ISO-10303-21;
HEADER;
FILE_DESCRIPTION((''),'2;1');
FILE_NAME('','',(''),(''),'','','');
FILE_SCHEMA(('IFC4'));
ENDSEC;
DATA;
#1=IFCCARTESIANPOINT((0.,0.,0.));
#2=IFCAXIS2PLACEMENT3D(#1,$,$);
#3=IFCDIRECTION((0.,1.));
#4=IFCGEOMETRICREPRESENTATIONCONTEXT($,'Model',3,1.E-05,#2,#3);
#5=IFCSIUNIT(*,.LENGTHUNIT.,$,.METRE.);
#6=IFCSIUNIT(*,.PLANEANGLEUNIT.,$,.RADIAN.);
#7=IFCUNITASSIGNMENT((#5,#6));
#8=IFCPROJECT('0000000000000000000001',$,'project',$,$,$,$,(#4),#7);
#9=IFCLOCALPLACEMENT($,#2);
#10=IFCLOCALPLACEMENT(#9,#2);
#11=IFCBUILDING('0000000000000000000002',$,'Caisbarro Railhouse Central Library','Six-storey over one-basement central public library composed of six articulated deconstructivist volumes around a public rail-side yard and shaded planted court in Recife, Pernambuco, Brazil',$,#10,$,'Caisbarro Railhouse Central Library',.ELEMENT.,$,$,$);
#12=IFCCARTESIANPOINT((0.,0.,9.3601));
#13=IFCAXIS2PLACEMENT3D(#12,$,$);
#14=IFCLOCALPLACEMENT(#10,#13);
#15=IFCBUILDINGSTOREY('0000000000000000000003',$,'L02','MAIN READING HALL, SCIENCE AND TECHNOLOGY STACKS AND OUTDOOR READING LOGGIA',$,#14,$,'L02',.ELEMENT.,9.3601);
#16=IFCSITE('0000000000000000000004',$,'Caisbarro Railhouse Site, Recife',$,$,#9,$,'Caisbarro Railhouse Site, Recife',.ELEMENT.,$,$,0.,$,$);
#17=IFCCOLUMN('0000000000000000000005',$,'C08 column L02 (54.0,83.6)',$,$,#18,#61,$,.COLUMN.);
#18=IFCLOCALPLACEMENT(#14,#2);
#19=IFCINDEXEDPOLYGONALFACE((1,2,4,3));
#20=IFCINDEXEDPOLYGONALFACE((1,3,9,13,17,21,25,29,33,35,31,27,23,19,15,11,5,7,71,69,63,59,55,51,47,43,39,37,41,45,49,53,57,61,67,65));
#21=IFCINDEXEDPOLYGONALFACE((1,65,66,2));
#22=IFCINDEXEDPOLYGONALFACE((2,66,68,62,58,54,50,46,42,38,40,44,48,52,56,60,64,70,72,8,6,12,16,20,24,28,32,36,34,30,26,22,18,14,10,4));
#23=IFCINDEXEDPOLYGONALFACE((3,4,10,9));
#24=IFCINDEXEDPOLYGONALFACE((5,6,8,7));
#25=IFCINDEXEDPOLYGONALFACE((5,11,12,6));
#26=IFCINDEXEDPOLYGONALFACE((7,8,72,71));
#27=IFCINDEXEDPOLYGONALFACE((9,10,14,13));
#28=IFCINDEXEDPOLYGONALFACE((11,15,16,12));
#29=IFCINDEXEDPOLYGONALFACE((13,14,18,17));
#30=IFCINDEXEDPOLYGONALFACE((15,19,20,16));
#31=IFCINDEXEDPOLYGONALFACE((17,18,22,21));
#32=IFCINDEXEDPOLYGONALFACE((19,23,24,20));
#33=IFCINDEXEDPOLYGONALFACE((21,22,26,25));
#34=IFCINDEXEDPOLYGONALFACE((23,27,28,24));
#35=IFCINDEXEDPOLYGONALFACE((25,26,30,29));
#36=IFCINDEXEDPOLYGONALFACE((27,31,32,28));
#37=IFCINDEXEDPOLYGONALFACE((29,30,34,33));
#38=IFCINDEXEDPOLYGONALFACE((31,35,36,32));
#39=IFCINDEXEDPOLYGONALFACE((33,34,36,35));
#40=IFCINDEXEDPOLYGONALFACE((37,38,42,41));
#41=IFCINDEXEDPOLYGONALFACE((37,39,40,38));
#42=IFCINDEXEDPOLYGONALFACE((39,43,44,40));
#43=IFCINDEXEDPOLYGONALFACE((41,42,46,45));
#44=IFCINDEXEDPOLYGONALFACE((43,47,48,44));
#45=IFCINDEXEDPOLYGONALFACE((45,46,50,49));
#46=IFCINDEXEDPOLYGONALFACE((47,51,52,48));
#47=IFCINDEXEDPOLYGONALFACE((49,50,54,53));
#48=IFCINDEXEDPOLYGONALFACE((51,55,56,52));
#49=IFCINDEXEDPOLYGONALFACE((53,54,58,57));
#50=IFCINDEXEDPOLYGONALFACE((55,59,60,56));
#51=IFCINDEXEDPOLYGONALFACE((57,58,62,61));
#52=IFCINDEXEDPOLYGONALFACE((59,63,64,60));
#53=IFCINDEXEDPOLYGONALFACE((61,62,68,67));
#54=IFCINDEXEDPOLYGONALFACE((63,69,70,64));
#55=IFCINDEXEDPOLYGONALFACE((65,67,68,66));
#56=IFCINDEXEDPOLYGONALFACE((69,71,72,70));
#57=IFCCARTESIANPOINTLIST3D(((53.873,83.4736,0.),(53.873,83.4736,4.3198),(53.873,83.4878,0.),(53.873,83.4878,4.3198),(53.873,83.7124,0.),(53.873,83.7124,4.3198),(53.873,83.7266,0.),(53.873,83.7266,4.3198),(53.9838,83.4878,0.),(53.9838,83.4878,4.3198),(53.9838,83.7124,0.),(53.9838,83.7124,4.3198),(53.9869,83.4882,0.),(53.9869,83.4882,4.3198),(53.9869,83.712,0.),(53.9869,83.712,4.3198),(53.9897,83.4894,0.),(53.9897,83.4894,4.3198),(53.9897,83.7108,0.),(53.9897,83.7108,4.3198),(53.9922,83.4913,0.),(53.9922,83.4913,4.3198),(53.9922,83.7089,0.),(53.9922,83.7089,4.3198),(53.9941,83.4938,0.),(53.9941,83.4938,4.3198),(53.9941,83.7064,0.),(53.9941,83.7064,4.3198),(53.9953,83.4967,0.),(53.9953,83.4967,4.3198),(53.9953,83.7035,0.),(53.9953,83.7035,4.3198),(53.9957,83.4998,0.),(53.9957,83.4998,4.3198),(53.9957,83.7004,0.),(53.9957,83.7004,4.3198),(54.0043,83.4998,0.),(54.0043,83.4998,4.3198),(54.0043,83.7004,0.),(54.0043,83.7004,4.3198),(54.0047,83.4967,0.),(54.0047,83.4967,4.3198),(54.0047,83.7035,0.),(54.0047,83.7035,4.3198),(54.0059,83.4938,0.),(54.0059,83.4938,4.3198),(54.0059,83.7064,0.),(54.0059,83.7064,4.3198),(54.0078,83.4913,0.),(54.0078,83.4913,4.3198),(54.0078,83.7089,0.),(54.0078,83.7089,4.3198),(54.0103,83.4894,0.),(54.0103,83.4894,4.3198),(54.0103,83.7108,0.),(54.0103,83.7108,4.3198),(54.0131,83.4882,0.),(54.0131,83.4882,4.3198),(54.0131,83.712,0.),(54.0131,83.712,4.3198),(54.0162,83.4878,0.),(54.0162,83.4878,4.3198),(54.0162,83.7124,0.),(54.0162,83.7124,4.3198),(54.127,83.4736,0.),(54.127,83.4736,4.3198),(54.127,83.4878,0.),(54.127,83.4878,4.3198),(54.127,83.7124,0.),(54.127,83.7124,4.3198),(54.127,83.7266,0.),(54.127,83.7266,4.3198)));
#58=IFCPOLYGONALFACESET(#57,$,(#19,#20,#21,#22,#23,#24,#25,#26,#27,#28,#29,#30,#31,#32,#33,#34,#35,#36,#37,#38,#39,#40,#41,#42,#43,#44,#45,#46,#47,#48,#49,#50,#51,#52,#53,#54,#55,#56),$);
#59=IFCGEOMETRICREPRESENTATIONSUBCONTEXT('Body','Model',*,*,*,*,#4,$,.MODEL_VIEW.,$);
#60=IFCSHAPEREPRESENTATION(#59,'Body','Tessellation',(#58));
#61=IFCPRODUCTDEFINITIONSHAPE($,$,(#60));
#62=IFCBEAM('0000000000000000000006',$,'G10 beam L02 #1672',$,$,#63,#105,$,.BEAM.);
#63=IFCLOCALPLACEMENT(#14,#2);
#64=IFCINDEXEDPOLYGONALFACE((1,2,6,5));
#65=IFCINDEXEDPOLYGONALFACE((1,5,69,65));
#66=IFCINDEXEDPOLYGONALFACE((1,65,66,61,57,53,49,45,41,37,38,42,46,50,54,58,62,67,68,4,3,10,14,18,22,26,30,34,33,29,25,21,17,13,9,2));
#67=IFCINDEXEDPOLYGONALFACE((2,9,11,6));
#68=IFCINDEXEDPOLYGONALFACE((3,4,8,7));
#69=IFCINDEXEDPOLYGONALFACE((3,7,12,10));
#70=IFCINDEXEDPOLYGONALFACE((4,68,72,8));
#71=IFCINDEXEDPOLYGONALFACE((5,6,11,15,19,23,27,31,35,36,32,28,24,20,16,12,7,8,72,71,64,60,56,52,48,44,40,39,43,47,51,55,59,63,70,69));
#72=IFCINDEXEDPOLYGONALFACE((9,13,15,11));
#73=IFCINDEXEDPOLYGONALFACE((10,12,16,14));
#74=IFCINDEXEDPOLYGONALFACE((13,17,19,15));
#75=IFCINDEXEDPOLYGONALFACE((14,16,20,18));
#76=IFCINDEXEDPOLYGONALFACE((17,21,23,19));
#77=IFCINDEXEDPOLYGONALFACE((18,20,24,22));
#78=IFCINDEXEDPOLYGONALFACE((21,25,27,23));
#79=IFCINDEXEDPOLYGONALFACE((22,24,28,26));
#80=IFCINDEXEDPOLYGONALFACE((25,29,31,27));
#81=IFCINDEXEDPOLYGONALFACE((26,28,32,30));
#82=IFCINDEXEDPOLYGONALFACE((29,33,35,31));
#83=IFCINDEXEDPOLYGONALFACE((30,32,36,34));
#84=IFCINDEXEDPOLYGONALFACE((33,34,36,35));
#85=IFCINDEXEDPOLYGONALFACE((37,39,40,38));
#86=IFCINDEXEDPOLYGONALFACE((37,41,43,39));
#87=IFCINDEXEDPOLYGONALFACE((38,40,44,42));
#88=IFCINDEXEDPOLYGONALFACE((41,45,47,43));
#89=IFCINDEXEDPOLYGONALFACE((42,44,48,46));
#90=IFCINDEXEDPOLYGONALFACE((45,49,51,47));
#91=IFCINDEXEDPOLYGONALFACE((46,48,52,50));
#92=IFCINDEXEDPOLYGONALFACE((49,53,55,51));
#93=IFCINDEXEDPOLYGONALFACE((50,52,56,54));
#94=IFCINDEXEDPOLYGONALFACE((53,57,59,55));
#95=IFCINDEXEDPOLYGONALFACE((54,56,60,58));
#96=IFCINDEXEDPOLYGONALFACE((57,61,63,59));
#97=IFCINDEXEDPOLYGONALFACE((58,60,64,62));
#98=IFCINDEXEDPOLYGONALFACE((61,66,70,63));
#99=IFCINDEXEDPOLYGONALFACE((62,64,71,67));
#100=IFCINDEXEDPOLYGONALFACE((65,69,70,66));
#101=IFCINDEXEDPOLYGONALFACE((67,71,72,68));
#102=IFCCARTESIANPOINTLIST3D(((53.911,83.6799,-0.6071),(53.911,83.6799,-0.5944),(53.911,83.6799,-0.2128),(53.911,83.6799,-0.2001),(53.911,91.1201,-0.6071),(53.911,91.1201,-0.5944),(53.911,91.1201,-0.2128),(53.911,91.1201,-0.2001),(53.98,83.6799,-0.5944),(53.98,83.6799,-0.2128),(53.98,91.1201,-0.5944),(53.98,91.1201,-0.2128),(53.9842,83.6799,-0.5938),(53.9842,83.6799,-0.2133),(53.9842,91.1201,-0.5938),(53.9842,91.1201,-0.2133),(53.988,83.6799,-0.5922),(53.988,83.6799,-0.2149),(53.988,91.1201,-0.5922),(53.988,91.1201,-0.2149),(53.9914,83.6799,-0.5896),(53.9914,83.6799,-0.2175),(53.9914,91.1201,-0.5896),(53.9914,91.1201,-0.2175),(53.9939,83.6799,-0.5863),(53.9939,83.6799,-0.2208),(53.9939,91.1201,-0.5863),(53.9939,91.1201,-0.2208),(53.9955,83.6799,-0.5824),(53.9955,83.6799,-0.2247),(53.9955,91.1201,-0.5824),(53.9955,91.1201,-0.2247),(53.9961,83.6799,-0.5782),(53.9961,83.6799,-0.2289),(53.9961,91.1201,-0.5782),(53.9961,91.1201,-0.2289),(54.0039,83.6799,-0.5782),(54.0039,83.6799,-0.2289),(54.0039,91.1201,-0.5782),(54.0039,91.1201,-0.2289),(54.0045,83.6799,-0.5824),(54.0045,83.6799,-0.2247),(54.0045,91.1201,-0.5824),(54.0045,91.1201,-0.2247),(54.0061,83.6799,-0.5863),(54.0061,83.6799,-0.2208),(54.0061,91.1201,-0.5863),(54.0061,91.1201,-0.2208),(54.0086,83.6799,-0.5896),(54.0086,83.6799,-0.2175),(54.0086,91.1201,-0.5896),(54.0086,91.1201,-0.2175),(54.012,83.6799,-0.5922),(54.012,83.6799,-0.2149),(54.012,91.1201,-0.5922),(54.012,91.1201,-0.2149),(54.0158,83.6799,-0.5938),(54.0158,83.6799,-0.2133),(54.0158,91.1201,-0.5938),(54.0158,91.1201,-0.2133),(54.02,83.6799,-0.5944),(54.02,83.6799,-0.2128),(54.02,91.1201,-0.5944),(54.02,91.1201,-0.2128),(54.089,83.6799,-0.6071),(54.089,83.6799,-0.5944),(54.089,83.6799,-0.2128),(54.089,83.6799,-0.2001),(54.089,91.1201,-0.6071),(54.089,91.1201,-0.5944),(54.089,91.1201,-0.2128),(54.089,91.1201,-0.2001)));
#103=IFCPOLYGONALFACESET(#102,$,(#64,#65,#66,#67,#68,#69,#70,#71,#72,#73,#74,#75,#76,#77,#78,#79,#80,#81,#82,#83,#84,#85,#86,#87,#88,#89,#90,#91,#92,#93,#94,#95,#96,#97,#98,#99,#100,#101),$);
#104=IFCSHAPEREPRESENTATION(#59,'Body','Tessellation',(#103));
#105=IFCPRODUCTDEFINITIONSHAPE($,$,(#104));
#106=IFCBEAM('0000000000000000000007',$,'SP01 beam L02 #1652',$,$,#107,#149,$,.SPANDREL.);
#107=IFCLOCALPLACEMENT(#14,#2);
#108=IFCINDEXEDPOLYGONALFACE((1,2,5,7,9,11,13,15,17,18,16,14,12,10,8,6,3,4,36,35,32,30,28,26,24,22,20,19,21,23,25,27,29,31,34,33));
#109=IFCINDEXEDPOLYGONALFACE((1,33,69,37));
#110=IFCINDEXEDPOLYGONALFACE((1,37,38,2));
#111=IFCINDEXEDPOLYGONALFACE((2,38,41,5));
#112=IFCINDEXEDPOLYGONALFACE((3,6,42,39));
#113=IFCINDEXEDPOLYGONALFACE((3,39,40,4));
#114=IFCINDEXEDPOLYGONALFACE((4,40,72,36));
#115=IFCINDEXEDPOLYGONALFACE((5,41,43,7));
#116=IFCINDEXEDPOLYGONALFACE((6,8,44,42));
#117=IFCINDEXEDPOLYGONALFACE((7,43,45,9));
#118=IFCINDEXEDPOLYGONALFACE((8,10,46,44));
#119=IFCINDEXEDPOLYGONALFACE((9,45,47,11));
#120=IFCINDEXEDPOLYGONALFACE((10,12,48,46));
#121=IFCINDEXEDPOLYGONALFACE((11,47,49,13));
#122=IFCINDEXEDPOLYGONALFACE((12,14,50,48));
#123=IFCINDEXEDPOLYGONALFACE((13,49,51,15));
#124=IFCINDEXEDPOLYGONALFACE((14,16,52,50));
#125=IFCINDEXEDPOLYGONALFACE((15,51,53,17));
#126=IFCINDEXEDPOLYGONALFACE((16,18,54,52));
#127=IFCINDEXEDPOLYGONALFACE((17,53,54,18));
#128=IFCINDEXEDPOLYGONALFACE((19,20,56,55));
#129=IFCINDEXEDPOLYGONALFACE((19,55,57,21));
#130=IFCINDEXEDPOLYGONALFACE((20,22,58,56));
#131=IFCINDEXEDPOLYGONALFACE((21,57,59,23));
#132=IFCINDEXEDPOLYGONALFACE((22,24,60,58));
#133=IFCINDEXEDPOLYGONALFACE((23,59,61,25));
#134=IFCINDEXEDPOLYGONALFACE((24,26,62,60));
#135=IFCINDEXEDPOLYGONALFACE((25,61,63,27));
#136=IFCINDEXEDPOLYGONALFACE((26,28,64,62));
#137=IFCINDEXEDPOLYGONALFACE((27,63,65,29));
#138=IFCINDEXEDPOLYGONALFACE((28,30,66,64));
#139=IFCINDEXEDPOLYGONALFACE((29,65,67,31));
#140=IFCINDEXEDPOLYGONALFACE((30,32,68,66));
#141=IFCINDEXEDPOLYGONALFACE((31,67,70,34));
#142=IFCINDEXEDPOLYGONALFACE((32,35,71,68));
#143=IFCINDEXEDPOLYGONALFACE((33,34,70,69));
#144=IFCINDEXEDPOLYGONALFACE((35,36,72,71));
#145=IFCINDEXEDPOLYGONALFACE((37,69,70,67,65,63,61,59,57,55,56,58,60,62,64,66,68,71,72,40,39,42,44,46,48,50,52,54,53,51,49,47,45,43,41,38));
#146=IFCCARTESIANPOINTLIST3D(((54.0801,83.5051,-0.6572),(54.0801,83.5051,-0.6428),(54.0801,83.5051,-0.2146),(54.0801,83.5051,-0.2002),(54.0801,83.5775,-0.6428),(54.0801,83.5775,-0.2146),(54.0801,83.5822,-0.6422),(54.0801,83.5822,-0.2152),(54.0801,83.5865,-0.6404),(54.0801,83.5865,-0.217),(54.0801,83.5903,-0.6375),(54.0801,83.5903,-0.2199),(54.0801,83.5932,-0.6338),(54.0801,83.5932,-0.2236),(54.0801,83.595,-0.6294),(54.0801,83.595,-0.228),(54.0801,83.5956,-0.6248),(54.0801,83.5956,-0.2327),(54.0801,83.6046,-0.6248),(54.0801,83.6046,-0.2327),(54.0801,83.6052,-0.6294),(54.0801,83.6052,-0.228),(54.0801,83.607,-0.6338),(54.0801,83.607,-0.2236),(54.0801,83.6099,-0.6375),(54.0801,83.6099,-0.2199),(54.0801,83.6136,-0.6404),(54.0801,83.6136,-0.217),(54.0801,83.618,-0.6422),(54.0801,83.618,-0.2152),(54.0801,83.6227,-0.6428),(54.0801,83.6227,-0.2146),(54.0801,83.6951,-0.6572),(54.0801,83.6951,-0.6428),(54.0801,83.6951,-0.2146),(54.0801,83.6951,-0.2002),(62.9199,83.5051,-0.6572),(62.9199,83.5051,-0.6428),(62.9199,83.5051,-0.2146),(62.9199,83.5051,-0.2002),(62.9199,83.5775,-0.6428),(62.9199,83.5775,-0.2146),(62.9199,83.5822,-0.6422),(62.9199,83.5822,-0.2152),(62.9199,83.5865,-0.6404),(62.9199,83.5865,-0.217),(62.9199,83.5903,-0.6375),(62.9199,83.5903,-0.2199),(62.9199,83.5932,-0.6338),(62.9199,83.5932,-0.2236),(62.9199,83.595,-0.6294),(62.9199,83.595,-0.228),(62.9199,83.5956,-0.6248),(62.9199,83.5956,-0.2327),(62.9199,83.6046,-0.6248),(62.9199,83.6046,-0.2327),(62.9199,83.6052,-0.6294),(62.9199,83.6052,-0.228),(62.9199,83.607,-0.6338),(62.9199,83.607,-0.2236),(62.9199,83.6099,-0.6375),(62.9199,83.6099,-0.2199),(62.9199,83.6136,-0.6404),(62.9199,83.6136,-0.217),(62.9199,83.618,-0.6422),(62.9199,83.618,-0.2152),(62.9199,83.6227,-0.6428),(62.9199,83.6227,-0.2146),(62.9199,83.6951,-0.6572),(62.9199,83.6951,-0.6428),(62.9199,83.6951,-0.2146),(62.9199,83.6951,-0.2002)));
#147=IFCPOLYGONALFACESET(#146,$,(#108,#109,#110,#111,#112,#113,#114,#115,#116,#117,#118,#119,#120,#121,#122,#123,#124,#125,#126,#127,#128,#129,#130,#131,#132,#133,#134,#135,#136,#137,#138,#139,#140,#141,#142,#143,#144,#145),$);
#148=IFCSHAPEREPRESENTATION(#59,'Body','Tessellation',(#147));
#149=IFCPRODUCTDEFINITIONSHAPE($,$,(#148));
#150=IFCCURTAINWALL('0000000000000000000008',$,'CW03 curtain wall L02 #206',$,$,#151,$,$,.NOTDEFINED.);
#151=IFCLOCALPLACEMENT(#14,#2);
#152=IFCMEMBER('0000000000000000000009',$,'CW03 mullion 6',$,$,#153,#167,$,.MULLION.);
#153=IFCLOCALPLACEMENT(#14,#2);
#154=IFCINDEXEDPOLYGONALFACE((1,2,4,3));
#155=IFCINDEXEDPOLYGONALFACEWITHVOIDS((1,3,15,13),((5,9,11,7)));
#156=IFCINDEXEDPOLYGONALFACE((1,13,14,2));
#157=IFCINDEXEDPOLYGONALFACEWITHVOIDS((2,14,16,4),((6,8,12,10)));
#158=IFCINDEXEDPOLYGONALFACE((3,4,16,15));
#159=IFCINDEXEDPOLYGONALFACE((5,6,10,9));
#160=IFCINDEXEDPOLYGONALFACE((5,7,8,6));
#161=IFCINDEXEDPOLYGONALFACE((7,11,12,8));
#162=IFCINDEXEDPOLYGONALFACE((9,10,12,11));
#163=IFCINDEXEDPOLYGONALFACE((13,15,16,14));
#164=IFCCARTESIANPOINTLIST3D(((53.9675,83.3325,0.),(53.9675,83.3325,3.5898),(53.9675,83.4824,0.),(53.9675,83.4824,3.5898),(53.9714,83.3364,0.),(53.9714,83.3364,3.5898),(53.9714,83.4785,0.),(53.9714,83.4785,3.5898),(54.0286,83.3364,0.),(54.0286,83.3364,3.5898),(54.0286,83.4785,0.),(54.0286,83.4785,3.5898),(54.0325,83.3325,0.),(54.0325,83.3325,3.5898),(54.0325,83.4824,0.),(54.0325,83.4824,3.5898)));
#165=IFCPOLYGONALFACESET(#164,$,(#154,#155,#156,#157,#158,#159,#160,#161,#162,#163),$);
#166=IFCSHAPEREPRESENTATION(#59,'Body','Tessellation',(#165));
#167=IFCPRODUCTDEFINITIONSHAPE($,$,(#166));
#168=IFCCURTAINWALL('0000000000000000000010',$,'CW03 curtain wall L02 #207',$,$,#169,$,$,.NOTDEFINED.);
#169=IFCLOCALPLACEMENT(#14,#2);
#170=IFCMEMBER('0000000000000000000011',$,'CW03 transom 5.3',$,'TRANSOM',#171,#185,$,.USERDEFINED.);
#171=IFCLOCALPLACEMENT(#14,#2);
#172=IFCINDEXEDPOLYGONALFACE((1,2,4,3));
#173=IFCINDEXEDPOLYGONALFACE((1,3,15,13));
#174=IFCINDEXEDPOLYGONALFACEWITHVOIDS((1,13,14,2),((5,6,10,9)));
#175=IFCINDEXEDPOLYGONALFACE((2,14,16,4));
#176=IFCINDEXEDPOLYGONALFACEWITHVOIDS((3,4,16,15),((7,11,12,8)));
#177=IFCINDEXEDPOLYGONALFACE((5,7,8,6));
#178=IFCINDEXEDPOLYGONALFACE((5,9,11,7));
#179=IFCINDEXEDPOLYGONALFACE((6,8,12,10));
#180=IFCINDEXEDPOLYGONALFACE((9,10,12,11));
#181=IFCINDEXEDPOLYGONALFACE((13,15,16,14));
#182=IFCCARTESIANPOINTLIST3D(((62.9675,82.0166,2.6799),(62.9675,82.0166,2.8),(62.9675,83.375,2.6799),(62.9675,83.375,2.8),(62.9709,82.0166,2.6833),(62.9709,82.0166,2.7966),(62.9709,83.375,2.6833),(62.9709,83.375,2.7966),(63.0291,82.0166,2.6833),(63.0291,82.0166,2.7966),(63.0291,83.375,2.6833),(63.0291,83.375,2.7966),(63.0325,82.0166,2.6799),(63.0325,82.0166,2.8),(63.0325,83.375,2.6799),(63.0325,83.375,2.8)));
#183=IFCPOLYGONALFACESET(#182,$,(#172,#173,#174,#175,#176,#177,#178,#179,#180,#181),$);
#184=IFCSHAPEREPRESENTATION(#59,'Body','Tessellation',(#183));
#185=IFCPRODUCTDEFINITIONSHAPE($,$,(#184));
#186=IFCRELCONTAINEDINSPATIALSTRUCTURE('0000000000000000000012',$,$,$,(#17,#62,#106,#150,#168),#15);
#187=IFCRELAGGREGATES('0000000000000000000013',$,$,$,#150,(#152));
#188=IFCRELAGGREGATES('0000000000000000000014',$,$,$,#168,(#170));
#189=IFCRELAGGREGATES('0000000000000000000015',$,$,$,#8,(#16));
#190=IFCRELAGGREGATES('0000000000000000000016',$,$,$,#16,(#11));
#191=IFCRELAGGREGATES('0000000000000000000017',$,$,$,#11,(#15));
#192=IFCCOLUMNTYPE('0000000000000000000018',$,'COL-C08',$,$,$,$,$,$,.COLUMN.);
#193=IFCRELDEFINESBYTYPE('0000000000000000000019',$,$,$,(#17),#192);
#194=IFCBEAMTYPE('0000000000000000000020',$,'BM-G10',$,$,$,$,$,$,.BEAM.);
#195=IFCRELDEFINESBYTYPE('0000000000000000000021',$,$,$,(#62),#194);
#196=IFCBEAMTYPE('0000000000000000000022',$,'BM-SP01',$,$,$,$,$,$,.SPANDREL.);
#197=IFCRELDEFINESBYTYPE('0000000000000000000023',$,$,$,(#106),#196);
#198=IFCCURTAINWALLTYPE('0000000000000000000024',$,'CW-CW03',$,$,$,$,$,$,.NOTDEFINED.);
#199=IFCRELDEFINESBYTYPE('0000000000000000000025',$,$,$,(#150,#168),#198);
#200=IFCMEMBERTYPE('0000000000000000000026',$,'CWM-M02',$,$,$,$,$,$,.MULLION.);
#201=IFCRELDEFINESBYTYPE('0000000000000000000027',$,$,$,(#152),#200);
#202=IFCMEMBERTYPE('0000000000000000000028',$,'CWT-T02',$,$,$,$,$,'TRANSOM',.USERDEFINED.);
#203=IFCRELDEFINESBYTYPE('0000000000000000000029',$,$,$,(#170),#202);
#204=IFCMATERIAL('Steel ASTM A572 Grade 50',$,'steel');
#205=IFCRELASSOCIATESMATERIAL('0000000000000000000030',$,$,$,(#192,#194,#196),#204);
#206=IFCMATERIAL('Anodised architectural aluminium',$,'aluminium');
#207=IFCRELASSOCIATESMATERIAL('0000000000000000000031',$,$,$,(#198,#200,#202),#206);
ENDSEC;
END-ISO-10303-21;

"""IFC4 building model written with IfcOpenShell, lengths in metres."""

from ifc_helpers import new_model, si_unit, direction, frame, origin, origin_2d, place, context, subcontext, project, spatial, hollow_rectangle, i_section, extrude, material, material_profile, profile_set, type_object, element, aggregate, save


model = new_model("IFC4")

# Units and contexts
model_context = context("Model", 3, precision=1e-05, world=origin(), true_north=direction((0.0, 1.0)))
body_context = subcontext(model_context, "Body", "Model", "MODEL_VIEW")
ifc_project = project(units=[si_unit("LENGTHUNIT", "METRE"), si_unit("PLANEANGLEUNIT", "RADIAN")], contexts=[model_context])

# Site, building, storey
site_placement = place(None, origin())
site = spatial("IfcSite", under=ifc_project, at=site_placement, Name="Caisbarro Railhouse Site, Recife", LongName="Caisbarro Railhouse Site, Recife", CompositionType="ELEMENT", RefElevation=0.0)
building_placement = place(site_placement, origin())
building = spatial("IfcBuilding", under=site, at=building_placement, Name="Caisbarro Railhouse Central Library", Description="Six-storey over one-basement central public library composed of six articulated deconstructivist volumes around a public rail-side yard and shaded planted court in Recife, Pernambuco, Brazil", LongName="Caisbarro Railhouse Central Library", CompositionType="ELEMENT")
storey_placement = place(building_placement, frame((0.0, 0.0, 9.3601)))
storey = spatial("IfcBuildingStorey", under=building, at=storey_placement, Name="L02", Description="MAIN READING HALL, SCIENCE AND TECHNOLOGY STACKS AND OUTDOOR READING LOGGIA", LongName="L02", CompositionType="ELEMENT", Elevation=9.3601)

# Column
ifc_material_1 = material(Name="Steel ASTM A572 Grade 50", Category="steel")
ifc_material_profile_1 = material_profile(ifc_material_1, i_section(OverallWidth=0.2539, OverallDepth=0.2529, WebThickness=0.0085, FlangeThickness=0.0142, FilletRadius=0.012, at=origin_2d()), Name="W250X73.0")
ifc_profile_set_1 = profile_set([ifc_material_profile_1], Name="Steel ASTM A572 Grade 50")
column_type = type_object("IfcColumnType", Name="COL-C08", PredefinedType="COLUMN", material=ifc_profile_set_1)
column_placement = place(storey_placement, frame((54.0, 83.6001, 0.0), z_axis=(0.0, 0.0, 1.0), x_axis=(1.0, 0.0, 0.0)))
element("IfcColumn", 1, at=column_placement, inside=storey, type_object=column_type, Name="C08 column L02 (54.0,83.6)", PredefinedType="COLUMN", context=body_context, shape_type="SweptSolid", body=[
    extrude(i_section(OverallWidth=0.2539, OverallDepth=0.2529, WebThickness=0.0085, FlangeThickness=0.0142, FilletRadius=0.012, at=origin_2d()), origin(), (0.0, 0.0, 1.0), 4.3198),
])

# Beams
ifc_material_profile_2 = material_profile(ifc_material_1, i_section(OverallWidth=0.178, OverallDepth=0.407, WebThickness=0.0078, FlangeThickness=0.0127, FilletRadius=0.0161, at=origin_2d()), Name="W410X60.0")
ifc_profile_set_2 = profile_set([ifc_material_profile_2], Name="Steel ASTM A572 Grade 50")
beam_type_1 = type_object("IfcBeamType", Name="BM-G10", PredefinedType="BEAM", material=ifc_profile_set_2)
beam_1_placement = place(storey_placement, frame((54.0, 83.6799, -0.4036), z_axis=(0.0, 1.0, 0.0), x_axis=(-1.0, 0.0, 0.0)))
element("IfcBeam", 2, at=beam_1_placement, inside=storey, type_object=beam_type_1, Name="G10 beam L02 #1672", PredefinedType="BEAM", context=body_context, shape_type="SweptSolid", body=[
    extrude(i_section(OverallWidth=0.178, OverallDepth=0.407, WebThickness=0.0078, FlangeThickness=0.0127, FilletRadius=0.0161, at=origin_2d()), origin(), (0.0, 0.0, 1.0), 7.4402),
])
ifc_material_profile_3 = material_profile(ifc_material_1, i_section(OverallWidth=0.1899, OverallDepth=0.457, WebThickness=0.009, FlangeThickness=0.0144, FilletRadius=0.0181, at=origin_2d()), Name="W460X74.0")
ifc_profile_set_3 = profile_set([ifc_material_profile_3], Name="Steel ASTM A572 Grade 50")
beam_type_2 = type_object("IfcBeamType", Name="BM-SP01", PredefinedType="SPANDREL", material=ifc_profile_set_3)
beam_2_placement = place(storey_placement, frame((54.0801, 83.6001, -0.4287), z_axis=(1.0, 0.0, 0.0), x_axis=(0.0, 1.0, 0.0)))
element("IfcBeam", 3, at=beam_2_placement, inside=storey, type_object=beam_type_2, Name="SP01 beam L02 #1652", PredefinedType="SPANDREL", context=body_context, shape_type="SweptSolid", body=[
    extrude(i_section(OverallWidth=0.1899, OverallDepth=0.457, WebThickness=0.009, FlangeThickness=0.0144, FilletRadius=0.0181, at=origin_2d()), origin(), (0.0, 0.0, 1.0), 8.8398),
])

# Curtain wall, member
ifc_material_2 = material(Name="Anodised architectural aluminium", Category="aluminium")
curtain_wall_type = type_object("IfcCurtainWallType", Name="CW-CW03", PredefinedType="NOTDEFINED", material=ifc_material_2)
curtain_wall_1_placement = place(storey_placement, origin())
curtain_wall_1 = element("IfcCurtainWall", 4, at=curtain_wall_1_placement, inside=storey, type_object=curtain_wall_type, Name="CW03 curtain wall L02 #206", PredefinedType="NOTDEFINED")
ifc_material_profile_4 = material_profile(ifc_material_2, hollow_rectangle(XDim=0.0649, YDim=0.1499, WallThickness=0.0039, at=origin_2d()), Name="ALU-MUL-65X150")
ifc_profile_set_4 = profile_set([ifc_material_profile_4], Name="Anodised architectural aluminium")
member_type_1 = type_object("IfcMemberType", Name="CWM-M02", PredefinedType="MULLION", material=ifc_profile_set_4)
member_1_placement = place(storey_placement, frame((54.0, 83.4075, 0.0), z_axis=(0.0, 0.0, 1.0), x_axis=(-1.0, 0.0, 0.0)))
member_1 = element("IfcMember", 5, at=member_1_placement, type_object=member_type_1, Name="CW03 mullion 6", PredefinedType="MULLION", context=body_context, shape_type="SweptSolid", body=[
    extrude(hollow_rectangle(XDim=0.0649, YDim=0.1499, WallThickness=0.0039, at=origin_2d()), origin(), (0.0, 0.0, 1.0), 3.5898),
])

# Curtain wall, member
curtain_wall_2_placement = place(storey_placement, origin())
curtain_wall_2 = element("IfcCurtainWall", 6, at=curtain_wall_2_placement, inside=storey, type_object=curtain_wall_type, Name="CW03 curtain wall L02 #207", PredefinedType="NOTDEFINED")
ifc_material_profile_5 = material_profile(ifc_material_2, hollow_rectangle(XDim=0.0649, YDim=0.1201, WallThickness=0.0034, at=origin_2d()), Name="ALU-TRN-65X120")
ifc_profile_set_5 = profile_set([ifc_material_profile_5], Name="Anodised architectural aluminium")
member_type_2 = type_object("IfcMemberType", Name="CWT-T02", ElementType="TRANSOM", PredefinedType="USERDEFINED", material=ifc_profile_set_5)
member_2_placement = place(storey_placement, frame((63.0, 82.0166, 2.74), z_axis=(0.0, 1.0, 0.0), x_axis=(-1.0, 0.0, 0.0)))
member_2 = element("IfcMember", 7, at=member_2_placement, type_object=member_type_2, Name="CW03 transom 5.3", ObjectType="TRANSOM", PredefinedType="USERDEFINED", context=body_context, shape_type="SweptSolid", body=[
    extrude(hollow_rectangle(XDim=0.0649, YDim=0.1201, WallThickness=0.0034, at=origin_2d()), origin(), (0.0, 0.0, 1.0), 1.3584),
])

aggregate(curtain_wall_1, [member_1])
aggregate(curtain_wall_2, [member_2])

save(model, "model.ifc")
